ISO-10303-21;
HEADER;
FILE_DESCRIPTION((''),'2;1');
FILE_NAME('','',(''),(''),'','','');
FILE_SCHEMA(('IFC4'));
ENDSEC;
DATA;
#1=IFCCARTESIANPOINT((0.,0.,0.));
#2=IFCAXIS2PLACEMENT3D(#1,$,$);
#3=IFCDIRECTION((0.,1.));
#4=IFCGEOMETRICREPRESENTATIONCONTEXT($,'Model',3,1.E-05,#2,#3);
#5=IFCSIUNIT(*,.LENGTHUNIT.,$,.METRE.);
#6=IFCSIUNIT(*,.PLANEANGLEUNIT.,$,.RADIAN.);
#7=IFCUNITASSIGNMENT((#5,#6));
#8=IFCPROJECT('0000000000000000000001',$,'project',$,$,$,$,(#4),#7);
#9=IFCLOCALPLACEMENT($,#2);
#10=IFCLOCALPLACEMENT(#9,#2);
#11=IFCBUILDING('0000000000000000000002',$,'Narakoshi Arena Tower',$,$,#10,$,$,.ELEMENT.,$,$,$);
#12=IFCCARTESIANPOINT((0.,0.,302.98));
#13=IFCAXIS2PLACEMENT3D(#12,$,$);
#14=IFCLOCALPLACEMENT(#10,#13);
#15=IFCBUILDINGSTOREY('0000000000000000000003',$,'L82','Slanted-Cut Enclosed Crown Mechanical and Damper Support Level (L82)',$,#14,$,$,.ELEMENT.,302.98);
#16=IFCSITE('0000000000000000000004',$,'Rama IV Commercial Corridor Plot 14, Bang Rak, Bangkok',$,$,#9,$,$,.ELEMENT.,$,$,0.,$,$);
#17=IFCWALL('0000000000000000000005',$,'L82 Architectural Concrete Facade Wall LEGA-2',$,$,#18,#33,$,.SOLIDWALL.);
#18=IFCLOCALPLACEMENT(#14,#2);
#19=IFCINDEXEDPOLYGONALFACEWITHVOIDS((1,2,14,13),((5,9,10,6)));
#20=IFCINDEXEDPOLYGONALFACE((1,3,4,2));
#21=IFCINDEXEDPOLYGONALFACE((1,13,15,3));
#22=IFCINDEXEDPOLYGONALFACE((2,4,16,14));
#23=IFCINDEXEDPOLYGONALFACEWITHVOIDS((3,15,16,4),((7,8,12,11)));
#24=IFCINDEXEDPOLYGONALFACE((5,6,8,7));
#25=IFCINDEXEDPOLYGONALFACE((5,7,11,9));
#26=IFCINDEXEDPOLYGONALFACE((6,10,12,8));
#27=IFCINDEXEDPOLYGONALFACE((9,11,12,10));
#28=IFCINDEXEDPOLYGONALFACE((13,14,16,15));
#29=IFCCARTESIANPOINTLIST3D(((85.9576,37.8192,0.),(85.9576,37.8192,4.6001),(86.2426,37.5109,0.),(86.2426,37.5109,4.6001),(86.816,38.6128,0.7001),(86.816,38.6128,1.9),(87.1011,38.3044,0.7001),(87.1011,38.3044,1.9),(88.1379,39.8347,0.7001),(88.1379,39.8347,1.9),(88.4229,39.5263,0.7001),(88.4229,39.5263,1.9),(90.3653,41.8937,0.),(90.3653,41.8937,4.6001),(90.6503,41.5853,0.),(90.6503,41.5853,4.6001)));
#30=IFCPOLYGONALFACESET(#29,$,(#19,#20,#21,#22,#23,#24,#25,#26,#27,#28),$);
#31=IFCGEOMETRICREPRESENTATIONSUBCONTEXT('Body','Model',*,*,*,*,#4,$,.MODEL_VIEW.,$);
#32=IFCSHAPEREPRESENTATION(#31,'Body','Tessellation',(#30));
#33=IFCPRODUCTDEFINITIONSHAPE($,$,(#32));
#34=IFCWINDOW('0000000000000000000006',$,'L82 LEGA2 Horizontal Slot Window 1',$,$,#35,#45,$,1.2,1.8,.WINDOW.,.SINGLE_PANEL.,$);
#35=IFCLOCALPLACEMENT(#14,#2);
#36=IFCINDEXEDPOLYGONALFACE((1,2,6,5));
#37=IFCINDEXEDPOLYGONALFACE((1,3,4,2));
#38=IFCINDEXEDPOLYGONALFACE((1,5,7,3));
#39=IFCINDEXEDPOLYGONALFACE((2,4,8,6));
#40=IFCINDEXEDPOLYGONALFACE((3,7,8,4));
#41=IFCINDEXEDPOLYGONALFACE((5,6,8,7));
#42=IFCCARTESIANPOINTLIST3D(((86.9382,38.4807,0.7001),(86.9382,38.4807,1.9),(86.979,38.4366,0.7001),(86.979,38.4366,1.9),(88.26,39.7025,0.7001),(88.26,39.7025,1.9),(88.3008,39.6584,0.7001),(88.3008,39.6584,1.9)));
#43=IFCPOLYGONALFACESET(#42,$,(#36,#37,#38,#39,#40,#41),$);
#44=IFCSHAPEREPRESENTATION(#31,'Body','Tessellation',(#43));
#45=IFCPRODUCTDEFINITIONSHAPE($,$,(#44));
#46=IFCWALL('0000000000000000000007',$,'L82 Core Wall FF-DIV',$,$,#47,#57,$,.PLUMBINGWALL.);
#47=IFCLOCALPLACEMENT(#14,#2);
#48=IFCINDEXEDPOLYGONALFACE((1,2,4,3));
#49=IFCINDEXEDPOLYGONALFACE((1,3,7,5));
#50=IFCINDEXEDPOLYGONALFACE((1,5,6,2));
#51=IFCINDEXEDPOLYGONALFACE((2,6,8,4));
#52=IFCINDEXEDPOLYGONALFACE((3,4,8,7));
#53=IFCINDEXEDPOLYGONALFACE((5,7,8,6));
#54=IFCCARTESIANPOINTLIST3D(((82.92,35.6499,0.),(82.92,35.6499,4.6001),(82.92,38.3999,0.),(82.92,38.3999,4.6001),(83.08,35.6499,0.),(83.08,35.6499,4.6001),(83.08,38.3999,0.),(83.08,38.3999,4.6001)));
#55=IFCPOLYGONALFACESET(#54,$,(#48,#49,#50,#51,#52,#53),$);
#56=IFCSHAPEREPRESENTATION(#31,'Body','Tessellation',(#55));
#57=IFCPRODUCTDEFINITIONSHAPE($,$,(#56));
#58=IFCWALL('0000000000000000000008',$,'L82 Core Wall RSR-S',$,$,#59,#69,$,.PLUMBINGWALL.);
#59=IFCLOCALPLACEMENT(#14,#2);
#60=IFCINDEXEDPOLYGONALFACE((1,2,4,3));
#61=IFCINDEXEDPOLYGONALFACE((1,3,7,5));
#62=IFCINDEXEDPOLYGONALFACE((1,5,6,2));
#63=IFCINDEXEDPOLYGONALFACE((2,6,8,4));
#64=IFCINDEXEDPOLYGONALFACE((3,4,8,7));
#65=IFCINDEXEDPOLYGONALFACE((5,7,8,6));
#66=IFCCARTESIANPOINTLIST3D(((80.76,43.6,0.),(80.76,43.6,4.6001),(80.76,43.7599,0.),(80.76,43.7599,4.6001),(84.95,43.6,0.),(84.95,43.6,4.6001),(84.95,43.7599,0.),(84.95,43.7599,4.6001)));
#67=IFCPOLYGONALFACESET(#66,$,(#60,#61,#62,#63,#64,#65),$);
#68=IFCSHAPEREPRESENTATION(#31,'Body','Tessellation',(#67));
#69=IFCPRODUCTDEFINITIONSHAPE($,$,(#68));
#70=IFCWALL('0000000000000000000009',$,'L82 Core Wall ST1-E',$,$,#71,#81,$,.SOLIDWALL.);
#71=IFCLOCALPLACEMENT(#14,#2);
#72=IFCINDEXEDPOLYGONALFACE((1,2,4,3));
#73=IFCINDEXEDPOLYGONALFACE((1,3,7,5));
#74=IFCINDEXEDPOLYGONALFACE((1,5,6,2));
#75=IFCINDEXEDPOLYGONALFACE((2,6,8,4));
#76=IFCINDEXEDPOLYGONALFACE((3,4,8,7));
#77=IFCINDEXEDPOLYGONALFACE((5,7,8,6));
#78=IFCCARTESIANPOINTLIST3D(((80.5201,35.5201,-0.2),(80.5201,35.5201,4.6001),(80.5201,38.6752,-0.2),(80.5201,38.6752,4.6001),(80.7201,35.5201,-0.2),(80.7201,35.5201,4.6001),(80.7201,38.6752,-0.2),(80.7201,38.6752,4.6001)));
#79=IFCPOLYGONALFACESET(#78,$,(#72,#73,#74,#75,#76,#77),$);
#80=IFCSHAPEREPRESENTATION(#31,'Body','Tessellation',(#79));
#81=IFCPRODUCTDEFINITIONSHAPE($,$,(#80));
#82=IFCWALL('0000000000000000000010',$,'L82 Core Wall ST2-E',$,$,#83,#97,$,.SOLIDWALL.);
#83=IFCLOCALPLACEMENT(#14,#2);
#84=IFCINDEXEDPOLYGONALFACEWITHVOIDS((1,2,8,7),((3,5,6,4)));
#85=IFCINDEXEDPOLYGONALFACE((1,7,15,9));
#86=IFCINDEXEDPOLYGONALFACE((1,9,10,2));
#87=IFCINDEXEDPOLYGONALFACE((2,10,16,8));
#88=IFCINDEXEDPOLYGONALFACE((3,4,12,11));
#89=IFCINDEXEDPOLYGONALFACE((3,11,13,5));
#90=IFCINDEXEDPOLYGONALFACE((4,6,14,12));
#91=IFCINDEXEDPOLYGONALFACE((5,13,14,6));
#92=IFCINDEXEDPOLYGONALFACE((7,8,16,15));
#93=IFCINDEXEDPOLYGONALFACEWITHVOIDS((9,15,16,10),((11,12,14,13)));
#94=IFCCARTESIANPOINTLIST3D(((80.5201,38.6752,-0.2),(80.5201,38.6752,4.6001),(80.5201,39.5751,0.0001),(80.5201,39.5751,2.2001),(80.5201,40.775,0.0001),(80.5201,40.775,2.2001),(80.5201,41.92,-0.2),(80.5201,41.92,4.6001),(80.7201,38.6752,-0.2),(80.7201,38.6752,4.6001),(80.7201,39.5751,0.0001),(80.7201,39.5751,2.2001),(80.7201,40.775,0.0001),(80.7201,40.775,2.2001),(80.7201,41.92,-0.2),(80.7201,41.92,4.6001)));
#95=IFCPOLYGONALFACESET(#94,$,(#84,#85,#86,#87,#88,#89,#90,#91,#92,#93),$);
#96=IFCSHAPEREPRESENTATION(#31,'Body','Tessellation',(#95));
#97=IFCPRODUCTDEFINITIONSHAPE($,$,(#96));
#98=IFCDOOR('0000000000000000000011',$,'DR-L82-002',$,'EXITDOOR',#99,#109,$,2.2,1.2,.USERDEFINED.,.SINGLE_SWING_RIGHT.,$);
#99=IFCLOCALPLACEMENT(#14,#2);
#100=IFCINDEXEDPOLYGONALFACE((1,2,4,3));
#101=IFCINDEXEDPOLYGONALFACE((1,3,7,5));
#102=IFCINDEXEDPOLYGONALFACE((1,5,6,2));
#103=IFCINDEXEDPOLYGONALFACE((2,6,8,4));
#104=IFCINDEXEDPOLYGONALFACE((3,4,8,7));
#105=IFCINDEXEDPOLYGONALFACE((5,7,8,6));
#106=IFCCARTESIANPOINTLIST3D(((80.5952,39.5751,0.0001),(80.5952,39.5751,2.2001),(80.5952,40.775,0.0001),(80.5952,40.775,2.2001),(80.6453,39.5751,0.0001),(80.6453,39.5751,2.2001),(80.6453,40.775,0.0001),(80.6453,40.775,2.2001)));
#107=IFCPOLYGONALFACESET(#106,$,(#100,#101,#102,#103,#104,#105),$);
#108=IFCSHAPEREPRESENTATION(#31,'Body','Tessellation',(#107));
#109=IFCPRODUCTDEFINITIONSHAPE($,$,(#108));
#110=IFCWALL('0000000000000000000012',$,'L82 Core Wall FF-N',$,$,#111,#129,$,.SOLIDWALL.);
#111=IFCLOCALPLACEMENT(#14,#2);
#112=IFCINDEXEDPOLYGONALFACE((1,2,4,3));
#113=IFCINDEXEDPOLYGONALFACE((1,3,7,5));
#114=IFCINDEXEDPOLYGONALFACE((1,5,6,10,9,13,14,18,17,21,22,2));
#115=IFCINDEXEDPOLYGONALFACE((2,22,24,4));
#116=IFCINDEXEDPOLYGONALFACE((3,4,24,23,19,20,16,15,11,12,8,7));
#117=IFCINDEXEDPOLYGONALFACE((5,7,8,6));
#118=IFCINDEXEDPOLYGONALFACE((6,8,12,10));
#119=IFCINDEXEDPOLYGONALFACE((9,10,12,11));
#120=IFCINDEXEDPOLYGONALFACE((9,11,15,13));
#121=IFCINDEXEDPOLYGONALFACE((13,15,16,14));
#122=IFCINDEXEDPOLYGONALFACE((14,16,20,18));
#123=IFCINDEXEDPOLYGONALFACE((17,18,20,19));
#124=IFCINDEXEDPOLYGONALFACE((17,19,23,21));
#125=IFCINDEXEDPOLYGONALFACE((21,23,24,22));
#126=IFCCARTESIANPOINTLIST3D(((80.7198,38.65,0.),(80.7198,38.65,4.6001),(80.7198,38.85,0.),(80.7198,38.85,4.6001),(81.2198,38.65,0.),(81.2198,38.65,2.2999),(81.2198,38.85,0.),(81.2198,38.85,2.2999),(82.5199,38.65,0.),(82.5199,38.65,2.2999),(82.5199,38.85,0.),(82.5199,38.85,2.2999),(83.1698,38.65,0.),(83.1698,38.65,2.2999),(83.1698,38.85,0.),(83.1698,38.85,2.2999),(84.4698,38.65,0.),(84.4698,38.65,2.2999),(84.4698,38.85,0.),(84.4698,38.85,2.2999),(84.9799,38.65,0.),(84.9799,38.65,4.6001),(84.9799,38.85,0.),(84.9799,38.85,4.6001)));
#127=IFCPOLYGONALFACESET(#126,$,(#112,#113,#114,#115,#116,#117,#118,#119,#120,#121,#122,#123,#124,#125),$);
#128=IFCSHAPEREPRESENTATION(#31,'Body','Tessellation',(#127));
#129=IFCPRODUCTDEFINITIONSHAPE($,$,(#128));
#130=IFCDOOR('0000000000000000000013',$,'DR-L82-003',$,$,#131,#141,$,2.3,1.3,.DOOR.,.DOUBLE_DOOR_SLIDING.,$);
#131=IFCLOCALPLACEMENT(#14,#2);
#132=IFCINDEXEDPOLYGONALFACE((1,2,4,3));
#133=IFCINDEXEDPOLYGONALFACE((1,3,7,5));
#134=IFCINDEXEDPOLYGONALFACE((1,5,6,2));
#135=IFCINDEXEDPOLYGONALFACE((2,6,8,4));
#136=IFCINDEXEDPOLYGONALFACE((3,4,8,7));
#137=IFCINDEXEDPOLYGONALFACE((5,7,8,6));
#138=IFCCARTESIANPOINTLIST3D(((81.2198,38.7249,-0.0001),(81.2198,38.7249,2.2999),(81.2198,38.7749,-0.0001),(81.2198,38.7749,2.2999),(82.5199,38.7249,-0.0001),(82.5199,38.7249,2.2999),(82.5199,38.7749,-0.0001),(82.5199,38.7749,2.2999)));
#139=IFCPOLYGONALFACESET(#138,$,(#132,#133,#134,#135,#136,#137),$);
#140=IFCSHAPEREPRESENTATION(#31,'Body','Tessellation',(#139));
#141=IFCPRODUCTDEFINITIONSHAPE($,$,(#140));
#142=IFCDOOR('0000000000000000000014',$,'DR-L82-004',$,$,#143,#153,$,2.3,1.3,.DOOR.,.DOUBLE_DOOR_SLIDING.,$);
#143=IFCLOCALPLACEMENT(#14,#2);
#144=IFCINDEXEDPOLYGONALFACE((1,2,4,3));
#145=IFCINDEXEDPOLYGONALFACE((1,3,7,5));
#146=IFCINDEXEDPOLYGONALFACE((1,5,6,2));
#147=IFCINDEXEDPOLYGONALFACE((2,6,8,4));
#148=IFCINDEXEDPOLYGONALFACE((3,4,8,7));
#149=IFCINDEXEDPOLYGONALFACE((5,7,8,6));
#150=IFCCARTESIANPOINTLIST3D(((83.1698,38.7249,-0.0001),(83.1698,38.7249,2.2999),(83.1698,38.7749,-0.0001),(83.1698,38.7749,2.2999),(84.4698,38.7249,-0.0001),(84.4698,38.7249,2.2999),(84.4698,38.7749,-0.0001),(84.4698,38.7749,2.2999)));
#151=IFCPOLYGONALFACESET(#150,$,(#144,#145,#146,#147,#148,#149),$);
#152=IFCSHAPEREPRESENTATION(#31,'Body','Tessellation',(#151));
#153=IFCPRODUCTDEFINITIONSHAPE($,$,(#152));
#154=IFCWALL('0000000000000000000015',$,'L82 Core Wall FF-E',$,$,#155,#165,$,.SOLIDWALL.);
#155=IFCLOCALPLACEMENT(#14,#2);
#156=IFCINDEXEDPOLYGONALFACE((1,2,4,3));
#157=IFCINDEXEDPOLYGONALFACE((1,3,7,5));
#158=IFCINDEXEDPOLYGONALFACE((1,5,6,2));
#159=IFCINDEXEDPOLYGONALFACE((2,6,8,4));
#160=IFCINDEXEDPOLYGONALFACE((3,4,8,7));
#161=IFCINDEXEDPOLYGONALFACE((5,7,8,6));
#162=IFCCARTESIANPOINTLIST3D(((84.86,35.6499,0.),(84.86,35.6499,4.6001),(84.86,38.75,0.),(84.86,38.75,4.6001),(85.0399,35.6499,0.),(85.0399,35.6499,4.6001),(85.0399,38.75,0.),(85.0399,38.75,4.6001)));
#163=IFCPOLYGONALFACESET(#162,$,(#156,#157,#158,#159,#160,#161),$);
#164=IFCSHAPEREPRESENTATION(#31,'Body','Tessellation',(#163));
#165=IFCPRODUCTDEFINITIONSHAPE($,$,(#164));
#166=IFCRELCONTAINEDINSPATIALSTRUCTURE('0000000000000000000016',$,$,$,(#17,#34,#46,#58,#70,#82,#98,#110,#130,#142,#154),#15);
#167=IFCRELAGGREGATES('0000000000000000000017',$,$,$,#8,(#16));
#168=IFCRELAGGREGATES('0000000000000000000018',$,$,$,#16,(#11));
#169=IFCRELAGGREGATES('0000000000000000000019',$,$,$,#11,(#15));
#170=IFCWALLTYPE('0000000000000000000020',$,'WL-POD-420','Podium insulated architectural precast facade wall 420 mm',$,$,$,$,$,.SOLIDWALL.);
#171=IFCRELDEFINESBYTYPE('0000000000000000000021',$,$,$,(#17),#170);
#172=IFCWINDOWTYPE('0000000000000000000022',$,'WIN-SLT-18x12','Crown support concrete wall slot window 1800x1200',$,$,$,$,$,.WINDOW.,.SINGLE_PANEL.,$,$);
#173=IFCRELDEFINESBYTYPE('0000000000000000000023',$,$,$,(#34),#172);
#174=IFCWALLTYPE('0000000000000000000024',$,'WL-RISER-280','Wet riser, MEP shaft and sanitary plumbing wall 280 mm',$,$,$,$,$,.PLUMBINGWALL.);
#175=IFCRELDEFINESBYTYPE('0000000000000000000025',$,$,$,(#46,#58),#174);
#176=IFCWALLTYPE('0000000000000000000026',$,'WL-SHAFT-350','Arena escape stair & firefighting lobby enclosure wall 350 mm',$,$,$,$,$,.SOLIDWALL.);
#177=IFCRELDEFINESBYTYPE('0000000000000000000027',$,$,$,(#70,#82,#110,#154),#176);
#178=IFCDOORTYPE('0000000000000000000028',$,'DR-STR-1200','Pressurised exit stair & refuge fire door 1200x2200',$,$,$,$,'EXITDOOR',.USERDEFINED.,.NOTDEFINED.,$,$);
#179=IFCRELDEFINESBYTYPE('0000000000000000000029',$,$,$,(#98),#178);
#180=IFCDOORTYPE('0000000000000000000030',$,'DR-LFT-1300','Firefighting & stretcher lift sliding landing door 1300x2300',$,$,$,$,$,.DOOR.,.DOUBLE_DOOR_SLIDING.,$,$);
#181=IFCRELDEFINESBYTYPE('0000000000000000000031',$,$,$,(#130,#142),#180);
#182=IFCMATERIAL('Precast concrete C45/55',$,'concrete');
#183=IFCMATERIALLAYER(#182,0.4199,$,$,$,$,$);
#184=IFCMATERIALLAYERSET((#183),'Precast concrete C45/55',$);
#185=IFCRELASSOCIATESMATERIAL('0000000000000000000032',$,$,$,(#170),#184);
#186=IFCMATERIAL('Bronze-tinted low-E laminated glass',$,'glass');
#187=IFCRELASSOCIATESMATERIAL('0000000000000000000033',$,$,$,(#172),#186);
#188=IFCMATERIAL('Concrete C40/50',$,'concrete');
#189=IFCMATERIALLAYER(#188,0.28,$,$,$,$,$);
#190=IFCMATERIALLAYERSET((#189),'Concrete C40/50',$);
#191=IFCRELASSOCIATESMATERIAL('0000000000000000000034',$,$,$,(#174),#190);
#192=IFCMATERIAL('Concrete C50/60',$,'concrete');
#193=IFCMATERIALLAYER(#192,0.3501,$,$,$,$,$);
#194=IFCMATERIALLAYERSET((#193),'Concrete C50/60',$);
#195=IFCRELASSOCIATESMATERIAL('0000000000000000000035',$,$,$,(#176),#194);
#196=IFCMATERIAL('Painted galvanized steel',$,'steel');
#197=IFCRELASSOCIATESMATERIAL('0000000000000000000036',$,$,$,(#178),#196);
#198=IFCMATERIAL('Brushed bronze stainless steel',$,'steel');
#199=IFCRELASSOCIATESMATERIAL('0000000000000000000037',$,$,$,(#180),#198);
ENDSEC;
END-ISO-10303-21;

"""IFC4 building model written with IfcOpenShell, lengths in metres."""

from ifc_helpers import new_model, si_unit, direction, frame, frame_2d, origin, place, context, subcontext, project, spatial, polyline, rectangle, outline, extrude, material, layer, layer_set, type_object, element, fill, save


model = new_model("IFC4")

# Units and contexts
model_context = context("Model", 3, precision=1e-05, world=origin(), true_north=direction((0.0, 1.0)))
body_context = subcontext(model_context, "Body", "Model", "MODEL_VIEW")
ifc_project = project(units=[si_unit("LENGTHUNIT", "METRE"), si_unit("PLANEANGLEUNIT", "RADIAN")], contexts=[model_context])

# Site, building, storey
site_placement = place(None, origin())
site = spatial("IfcSite", under=ifc_project, at=site_placement, Name="Rama IV Commercial Corridor Plot 14, Bang Rak, Bangkok", CompositionType="ELEMENT", RefElevation=0.0)
building_placement = place(site_placement, origin())
building = spatial("IfcBuilding", under=site, at=building_placement, Name="Narakoshi Arena Tower", CompositionType="ELEMENT")
storey_placement = place(building_placement, frame((0.0, 0.0, 302.98)))
storey = spatial("IfcBuildingStorey", under=building, at=storey_placement, Name="L82", Description="Slanted-Cut Enclosed Crown Mechanical and Damper Support Level (L82)", CompositionType="ELEMENT", Elevation=302.98)

# Shared definitions
ifc_material_1 = material(Name="Concrete C50/60", Category="concrete")

# Shared definitions
ifc_material_2 = material(Name="Painted galvanized steel", Category="steel")

# Shared definitions
ifc_material_3 = material(Name="Precast concrete C45/55", Category="concrete")
ifc_layer_1 = layer(ifc_material_3, 0.4199)
ifc_layer_set_1 = layer_set([ifc_layer_1], Name="Precast concrete C45/55")
wall_type_1 = type_object("IfcWallType", Name="WL-POD-420", Description="Podium insulated architectural precast facade wall 420 mm", PredefinedType="SOLIDWALL", material=ifc_layer_set_1)

# Wall, opening, window
wall_1_placement = place(storey_placement, frame((86.1001, 37.665, 0.0), z_axis=(0.0, 0.0, 1.0), x_axis=(0.734321, 0.678802, 0.0)))
wall_1 = element("IfcWall", 1, at=wall_1_placement, inside=storey, type_object=wall_type_1, Name="L82 Architectural Concrete Facade Wall LEGA-2", PredefinedType="SOLIDWALL", context=body_context, shape_type="SweptSolid", body=[
    extrude(outline(polyline([(0.0, 0.0), (6.0024, 0.0), (6.0024, 4.6001), (0.0, 4.6001), (0.0, 0.0)])), frame((0.0, 0.21, 0.0), z_axis=(0.0, -1.0, 0.0), x_axis=(1.0, 0.0, 0.0)), (0.0, 0.0, 1.0), 0.4199),
])
opening_1_placement = place(wall_1_placement, frame((1.1692, 0.0, 0.7)))
opening_1 = element("IfcOpeningElement", 2, at=opening_1_placement, cuts=wall_1, PredefinedType="OPENING", context=body_context, shape_type="SweptSolid", body=[
    extrude(rectangle(XDim=1.8, YDim=1.2, at=frame_2d((0.8999, 0.6001))), frame((0.0, 0.22, 0.0), z_axis=(0.0, -1.0, 0.0), x_axis=(1.0, 0.0, 0.0)), (0.0, 0.0, 1.0), 0.4399),
])
ifc_material_4 = material(Name="Bronze-tinted low-E laminated glass", Category="glass")
window_type = type_object("IfcWindowType", Name="WIN-SLT-18x12", Description="Crown support concrete wall slot window 1800x1200", PartitioningType="SINGLE_PANEL", PredefinedType="WINDOW", material=ifc_material_4)
window_placement = place(opening_1_placement, origin())
window = element("IfcWindow", 3, at=window_placement, inside=storey, type_object=window_type, Name="L82 LEGA2 Horizontal Slot Window 1", OverallHeight=1.2, OverallWidth=1.8, PartitioningType="SINGLE_PANEL", PredefinedType="WINDOW", context=body_context, shape_type="SweptSolid", body=[
    extrude(rectangle(XDim=1.8, YDim=1.2, at=frame_2d((0.8999, 0.6001))), frame((0.0, 0.03, 0.0), z_axis=(0.0, -1.0, 0.0), x_axis=(1.0, 0.0, 0.0)), (0.0, 0.0, 1.0), 0.0601),
])
fill(opening_1, window)

# Walls
ifc_material_5 = material(Name="Concrete C40/50", Category="concrete")
ifc_layer_2 = layer(ifc_material_5, 0.28)
ifc_layer_set_2 = layer_set([ifc_layer_2], Name="Concrete C40/50")
wall_type_2 = type_object("IfcWallType", Name="WL-RISER-280", Description="Wet riser, MEP shaft and sanitary plumbing wall 280 mm", PredefinedType="PLUMBINGWALL", material=ifc_layer_set_2)
wall_2_placement = place(storey_placement, frame((83.0, 35.6499, 0.0), z_axis=(0.0, 0.0, 1.0), x_axis=(0.0, 1.0, 0.0)))
element("IfcWall", 4, at=wall_2_placement, inside=storey, type_object=wall_type_2, Name="L82 Core Wall FF-DIV", PredefinedType="PLUMBINGWALL", context=body_context, shape_type="SweptSolid", body=[
    extrude(rectangle(XDim=2.75, YDim=0.1599, at=frame_2d((1.375, 0.0))), origin(), (0.0, 0.0, 1.0), 4.6001),
])
wall_3_placement = place(storey_placement, frame((80.76, 43.6799, 0.0), z_axis=(0.0, 0.0, 1.0), x_axis=(1.0, 0.0, 0.0)))
element("IfcWall", 5, at=wall_3_placement, inside=storey, type_object=wall_type_2, Name="L82 Core Wall RSR-S", PredefinedType="PLUMBINGWALL", context=body_context, shape_type="SweptSolid", body=[
    extrude(rectangle(XDim=4.1899, YDim=0.1599, at=frame_2d((2.095, 0.0))), origin(), (0.0, 0.0, 1.0), 4.6001),
])
ifc_layer_3 = layer(ifc_material_1, 0.3501)
ifc_layer_set_3 = layer_set([ifc_layer_3], Name="Concrete C50/60")
wall_type_3 = type_object("IfcWallType", Name="WL-SHAFT-350", Description="Arena escape stair & firefighting lobby enclosure wall 350 mm", PredefinedType="SOLIDWALL", material=ifc_layer_set_3)
wall_4_placement = place(storey_placement, frame((80.6201, 35.52, -0.2), z_axis=(0.0, 0.0, 1.0), x_axis=(0.0, 1.0, 0.0)))
element("IfcWall", 6, at=wall_4_placement, inside=storey, type_object=wall_type_3, Name="L82 Core Wall ST1-E", PredefinedType="SOLIDWALL", context=body_context, shape_type="SweptSolid", body=[
    extrude(rectangle(XDim=3.155, YDim=0.2, at=frame_2d((1.5776, 0.0))), origin(), (0.0, 0.0, 1.0), 4.8),
])

# Wall, opening, door
wall_5_placement = place(storey_placement, frame((80.6201, 38.675, -0.2), z_axis=(0.0, 0.0, 1.0), x_axis=(0.0, 1.0, 0.0)))
wall_5 = element("IfcWall", 7, at=wall_5_placement, inside=storey, type_object=wall_type_3, Name="L82 Core Wall ST2-E", PredefinedType="SOLIDWALL", context=body_context, shape_type="SweptSolid", body=[
    extrude(rectangle(XDim=3.2449, YDim=0.2, at=frame_2d((1.6226, 0.0))), origin(), (0.0, 0.0, 1.0), 4.8),
])
opening_2_placement = place(wall_5_placement, frame((0.8999, 0.0, 0.2)))
opening_2 = element("IfcOpeningElement", 8, at=opening_2_placement, cuts=wall_5, PredefinedType="OPENING", context=body_context, shape_type="SweptSolid", body=[
    extrude(rectangle(XDim=1.2, YDim=2.2, at=frame_2d((0.6001, 1.1001))), frame((0.0, 0.1099, 0.0), z_axis=(0.0, -1.0, 0.0), x_axis=(1.0, 0.0, 0.0)), (0.0, 0.0, 1.0), 0.22),
])
door_type_1 = type_object("IfcDoorType", Name="DR-STR-1200", Description="Pressurised exit stair & refuge fire door 1200x2200", ElementType="EXITDOOR", OperationType="NOTDEFINED", PredefinedType="USERDEFINED", material=ifc_material_2)
door_1_placement = place(opening_2_placement, origin())
door_1 = element("IfcDoor", 9, at=door_1_placement, inside=storey, type_object=door_type_1, Name="DR-L82-002", ObjectType="EXITDOOR", OperationType="SINGLE_SWING_RIGHT", OverallHeight=2.2, OverallWidth=1.2, PredefinedType="USERDEFINED", context=body_context, shape_type="SweptSolid", body=[
    extrude(rectangle(XDim=1.2, YDim=2.2, at=frame_2d((0.6001, 1.1001))), frame((0.0, 0.0249, 0.0), z_axis=(0.0, -1.0, 0.0), x_axis=(1.0, 0.0, 0.0)), (0.0, 0.0, 1.0), 0.05),
])
fill(opening_2, door_1)

# Wall, openings, doors
wall_6_placement = place(storey_placement, frame((80.72, 38.75, 0.0), z_axis=(0.0, 0.0, 1.0), x_axis=(1.0, 0.0, 0.0)))
wall_6 = element("IfcWall", 10, at=wall_6_placement, inside=storey, type_object=wall_type_3, Name="L82 Core Wall FF-N", PredefinedType="SOLIDWALL", context=body_context, shape_type="SweptSolid", body=[
    extrude(rectangle(XDim=4.26, YDim=0.2, at=frame_2d((2.1299, 0.0))), origin(), (0.0, 0.0, 1.0), 4.6001),
])
opening_3_placement = place(wall_6_placement, frame((0.5, 0.0, 0.0)))
opening_3 = element("IfcOpeningElement", 11, at=opening_3_placement, cuts=wall_6, PredefinedType="OPENING", context=body_context, shape_type="SweptSolid", body=[
    extrude(rectangle(XDim=1.3, YDim=2.3, at=frame_2d((0.6499, 1.1499))), frame((0.0, 0.1099, 0.0), z_axis=(0.0, -1.0, 0.0), x_axis=(1.0, 0.0, 0.0)), (0.0, 0.0, 1.0), 0.22),
])
opening_4_placement = place(wall_6_placement, frame((2.45, 0.0, 0.0)))
opening_4 = element("IfcOpeningElement", 12, at=opening_4_placement, cuts=wall_6, PredefinedType="OPENING", context=body_context, shape_type="SweptSolid", body=[
    extrude(rectangle(XDim=1.3, YDim=2.3, at=frame_2d((0.6499, 1.1499))), frame((0.0, 0.1099, 0.0), z_axis=(0.0, -1.0, 0.0), x_axis=(1.0, 0.0, 0.0)), (0.0, 0.0, 1.0), 0.22),
])
ifc_material_6 = material(Name="Brushed bronze stainless steel", Category="steel")
door_type_2 = type_object("IfcDoorType", Name="DR-LFT-1300", Description="Firefighting & stretcher lift sliding landing door 1300x2300", OperationType="DOUBLE_DOOR_SLIDING", PredefinedType="DOOR", material=ifc_material_6)
door_2_placement = place(opening_3_placement, origin())
door_2 = element("IfcDoor", 13, at=door_2_placement, inside=storey, type_object=door_type_2, Name="DR-L82-003", OperationType="DOUBLE_DOOR_SLIDING", OverallHeight=2.3, OverallWidth=1.3, PredefinedType="DOOR", context=body_context, shape_type="SweptSolid", body=[
    extrude(rectangle(XDim=1.3, YDim=2.3, at=frame_2d((0.6499, 1.1499))), frame((0.0, 0.0249, 0.0), z_axis=(0.0, -1.0, 0.0), x_axis=(1.0, 0.0, 0.0)), (0.0, 0.0, 1.0), 0.05),
])
fill(opening_3, door_2)
door_3_placement = place(opening_4_placement, origin())
door_3 = element("IfcDoor", 14, at=door_3_placement, inside=storey, type_object=door_type_2, Name="DR-L82-004", OperationType="DOUBLE_DOOR_SLIDING", OverallHeight=2.3, OverallWidth=1.3, PredefinedType="DOOR", context=body_context, shape_type="SweptSolid", body=[
    extrude(rectangle(XDim=1.3, YDim=2.3, at=frame_2d((0.6499, 1.1499))), frame((0.0, 0.0249, 0.0), z_axis=(0.0, -1.0, 0.0), x_axis=(1.0, 0.0, 0.0)), (0.0, 0.0, 1.0), 0.05),
])
fill(opening_4, door_3)

# Wall
for number, where, z_axis, x_axis, name in (
    (15, (84.95, 35.6499, 0.0), (0.0, 0.0, 1.0), (0.0, 1.0, 0.0), "L82 Core Wall FF-E"),
):
    element("IfcWall", number, at=place(storey_placement, frame(where, z_axis=z_axis, x_axis=x_axis)), inside=storey, type_object=wall_type_3, Name=name, PredefinedType="SOLIDWALL", context=body_context, shape_type="SweptSolid", body=[
        extrude(rectangle(XDim=3.1001, YDim=0.1799, at=frame_2d((1.55, 0.0))), origin(), (0.0, 0.0, 1.0), 4.6001),
    ])

save(model, "model.ifc")
